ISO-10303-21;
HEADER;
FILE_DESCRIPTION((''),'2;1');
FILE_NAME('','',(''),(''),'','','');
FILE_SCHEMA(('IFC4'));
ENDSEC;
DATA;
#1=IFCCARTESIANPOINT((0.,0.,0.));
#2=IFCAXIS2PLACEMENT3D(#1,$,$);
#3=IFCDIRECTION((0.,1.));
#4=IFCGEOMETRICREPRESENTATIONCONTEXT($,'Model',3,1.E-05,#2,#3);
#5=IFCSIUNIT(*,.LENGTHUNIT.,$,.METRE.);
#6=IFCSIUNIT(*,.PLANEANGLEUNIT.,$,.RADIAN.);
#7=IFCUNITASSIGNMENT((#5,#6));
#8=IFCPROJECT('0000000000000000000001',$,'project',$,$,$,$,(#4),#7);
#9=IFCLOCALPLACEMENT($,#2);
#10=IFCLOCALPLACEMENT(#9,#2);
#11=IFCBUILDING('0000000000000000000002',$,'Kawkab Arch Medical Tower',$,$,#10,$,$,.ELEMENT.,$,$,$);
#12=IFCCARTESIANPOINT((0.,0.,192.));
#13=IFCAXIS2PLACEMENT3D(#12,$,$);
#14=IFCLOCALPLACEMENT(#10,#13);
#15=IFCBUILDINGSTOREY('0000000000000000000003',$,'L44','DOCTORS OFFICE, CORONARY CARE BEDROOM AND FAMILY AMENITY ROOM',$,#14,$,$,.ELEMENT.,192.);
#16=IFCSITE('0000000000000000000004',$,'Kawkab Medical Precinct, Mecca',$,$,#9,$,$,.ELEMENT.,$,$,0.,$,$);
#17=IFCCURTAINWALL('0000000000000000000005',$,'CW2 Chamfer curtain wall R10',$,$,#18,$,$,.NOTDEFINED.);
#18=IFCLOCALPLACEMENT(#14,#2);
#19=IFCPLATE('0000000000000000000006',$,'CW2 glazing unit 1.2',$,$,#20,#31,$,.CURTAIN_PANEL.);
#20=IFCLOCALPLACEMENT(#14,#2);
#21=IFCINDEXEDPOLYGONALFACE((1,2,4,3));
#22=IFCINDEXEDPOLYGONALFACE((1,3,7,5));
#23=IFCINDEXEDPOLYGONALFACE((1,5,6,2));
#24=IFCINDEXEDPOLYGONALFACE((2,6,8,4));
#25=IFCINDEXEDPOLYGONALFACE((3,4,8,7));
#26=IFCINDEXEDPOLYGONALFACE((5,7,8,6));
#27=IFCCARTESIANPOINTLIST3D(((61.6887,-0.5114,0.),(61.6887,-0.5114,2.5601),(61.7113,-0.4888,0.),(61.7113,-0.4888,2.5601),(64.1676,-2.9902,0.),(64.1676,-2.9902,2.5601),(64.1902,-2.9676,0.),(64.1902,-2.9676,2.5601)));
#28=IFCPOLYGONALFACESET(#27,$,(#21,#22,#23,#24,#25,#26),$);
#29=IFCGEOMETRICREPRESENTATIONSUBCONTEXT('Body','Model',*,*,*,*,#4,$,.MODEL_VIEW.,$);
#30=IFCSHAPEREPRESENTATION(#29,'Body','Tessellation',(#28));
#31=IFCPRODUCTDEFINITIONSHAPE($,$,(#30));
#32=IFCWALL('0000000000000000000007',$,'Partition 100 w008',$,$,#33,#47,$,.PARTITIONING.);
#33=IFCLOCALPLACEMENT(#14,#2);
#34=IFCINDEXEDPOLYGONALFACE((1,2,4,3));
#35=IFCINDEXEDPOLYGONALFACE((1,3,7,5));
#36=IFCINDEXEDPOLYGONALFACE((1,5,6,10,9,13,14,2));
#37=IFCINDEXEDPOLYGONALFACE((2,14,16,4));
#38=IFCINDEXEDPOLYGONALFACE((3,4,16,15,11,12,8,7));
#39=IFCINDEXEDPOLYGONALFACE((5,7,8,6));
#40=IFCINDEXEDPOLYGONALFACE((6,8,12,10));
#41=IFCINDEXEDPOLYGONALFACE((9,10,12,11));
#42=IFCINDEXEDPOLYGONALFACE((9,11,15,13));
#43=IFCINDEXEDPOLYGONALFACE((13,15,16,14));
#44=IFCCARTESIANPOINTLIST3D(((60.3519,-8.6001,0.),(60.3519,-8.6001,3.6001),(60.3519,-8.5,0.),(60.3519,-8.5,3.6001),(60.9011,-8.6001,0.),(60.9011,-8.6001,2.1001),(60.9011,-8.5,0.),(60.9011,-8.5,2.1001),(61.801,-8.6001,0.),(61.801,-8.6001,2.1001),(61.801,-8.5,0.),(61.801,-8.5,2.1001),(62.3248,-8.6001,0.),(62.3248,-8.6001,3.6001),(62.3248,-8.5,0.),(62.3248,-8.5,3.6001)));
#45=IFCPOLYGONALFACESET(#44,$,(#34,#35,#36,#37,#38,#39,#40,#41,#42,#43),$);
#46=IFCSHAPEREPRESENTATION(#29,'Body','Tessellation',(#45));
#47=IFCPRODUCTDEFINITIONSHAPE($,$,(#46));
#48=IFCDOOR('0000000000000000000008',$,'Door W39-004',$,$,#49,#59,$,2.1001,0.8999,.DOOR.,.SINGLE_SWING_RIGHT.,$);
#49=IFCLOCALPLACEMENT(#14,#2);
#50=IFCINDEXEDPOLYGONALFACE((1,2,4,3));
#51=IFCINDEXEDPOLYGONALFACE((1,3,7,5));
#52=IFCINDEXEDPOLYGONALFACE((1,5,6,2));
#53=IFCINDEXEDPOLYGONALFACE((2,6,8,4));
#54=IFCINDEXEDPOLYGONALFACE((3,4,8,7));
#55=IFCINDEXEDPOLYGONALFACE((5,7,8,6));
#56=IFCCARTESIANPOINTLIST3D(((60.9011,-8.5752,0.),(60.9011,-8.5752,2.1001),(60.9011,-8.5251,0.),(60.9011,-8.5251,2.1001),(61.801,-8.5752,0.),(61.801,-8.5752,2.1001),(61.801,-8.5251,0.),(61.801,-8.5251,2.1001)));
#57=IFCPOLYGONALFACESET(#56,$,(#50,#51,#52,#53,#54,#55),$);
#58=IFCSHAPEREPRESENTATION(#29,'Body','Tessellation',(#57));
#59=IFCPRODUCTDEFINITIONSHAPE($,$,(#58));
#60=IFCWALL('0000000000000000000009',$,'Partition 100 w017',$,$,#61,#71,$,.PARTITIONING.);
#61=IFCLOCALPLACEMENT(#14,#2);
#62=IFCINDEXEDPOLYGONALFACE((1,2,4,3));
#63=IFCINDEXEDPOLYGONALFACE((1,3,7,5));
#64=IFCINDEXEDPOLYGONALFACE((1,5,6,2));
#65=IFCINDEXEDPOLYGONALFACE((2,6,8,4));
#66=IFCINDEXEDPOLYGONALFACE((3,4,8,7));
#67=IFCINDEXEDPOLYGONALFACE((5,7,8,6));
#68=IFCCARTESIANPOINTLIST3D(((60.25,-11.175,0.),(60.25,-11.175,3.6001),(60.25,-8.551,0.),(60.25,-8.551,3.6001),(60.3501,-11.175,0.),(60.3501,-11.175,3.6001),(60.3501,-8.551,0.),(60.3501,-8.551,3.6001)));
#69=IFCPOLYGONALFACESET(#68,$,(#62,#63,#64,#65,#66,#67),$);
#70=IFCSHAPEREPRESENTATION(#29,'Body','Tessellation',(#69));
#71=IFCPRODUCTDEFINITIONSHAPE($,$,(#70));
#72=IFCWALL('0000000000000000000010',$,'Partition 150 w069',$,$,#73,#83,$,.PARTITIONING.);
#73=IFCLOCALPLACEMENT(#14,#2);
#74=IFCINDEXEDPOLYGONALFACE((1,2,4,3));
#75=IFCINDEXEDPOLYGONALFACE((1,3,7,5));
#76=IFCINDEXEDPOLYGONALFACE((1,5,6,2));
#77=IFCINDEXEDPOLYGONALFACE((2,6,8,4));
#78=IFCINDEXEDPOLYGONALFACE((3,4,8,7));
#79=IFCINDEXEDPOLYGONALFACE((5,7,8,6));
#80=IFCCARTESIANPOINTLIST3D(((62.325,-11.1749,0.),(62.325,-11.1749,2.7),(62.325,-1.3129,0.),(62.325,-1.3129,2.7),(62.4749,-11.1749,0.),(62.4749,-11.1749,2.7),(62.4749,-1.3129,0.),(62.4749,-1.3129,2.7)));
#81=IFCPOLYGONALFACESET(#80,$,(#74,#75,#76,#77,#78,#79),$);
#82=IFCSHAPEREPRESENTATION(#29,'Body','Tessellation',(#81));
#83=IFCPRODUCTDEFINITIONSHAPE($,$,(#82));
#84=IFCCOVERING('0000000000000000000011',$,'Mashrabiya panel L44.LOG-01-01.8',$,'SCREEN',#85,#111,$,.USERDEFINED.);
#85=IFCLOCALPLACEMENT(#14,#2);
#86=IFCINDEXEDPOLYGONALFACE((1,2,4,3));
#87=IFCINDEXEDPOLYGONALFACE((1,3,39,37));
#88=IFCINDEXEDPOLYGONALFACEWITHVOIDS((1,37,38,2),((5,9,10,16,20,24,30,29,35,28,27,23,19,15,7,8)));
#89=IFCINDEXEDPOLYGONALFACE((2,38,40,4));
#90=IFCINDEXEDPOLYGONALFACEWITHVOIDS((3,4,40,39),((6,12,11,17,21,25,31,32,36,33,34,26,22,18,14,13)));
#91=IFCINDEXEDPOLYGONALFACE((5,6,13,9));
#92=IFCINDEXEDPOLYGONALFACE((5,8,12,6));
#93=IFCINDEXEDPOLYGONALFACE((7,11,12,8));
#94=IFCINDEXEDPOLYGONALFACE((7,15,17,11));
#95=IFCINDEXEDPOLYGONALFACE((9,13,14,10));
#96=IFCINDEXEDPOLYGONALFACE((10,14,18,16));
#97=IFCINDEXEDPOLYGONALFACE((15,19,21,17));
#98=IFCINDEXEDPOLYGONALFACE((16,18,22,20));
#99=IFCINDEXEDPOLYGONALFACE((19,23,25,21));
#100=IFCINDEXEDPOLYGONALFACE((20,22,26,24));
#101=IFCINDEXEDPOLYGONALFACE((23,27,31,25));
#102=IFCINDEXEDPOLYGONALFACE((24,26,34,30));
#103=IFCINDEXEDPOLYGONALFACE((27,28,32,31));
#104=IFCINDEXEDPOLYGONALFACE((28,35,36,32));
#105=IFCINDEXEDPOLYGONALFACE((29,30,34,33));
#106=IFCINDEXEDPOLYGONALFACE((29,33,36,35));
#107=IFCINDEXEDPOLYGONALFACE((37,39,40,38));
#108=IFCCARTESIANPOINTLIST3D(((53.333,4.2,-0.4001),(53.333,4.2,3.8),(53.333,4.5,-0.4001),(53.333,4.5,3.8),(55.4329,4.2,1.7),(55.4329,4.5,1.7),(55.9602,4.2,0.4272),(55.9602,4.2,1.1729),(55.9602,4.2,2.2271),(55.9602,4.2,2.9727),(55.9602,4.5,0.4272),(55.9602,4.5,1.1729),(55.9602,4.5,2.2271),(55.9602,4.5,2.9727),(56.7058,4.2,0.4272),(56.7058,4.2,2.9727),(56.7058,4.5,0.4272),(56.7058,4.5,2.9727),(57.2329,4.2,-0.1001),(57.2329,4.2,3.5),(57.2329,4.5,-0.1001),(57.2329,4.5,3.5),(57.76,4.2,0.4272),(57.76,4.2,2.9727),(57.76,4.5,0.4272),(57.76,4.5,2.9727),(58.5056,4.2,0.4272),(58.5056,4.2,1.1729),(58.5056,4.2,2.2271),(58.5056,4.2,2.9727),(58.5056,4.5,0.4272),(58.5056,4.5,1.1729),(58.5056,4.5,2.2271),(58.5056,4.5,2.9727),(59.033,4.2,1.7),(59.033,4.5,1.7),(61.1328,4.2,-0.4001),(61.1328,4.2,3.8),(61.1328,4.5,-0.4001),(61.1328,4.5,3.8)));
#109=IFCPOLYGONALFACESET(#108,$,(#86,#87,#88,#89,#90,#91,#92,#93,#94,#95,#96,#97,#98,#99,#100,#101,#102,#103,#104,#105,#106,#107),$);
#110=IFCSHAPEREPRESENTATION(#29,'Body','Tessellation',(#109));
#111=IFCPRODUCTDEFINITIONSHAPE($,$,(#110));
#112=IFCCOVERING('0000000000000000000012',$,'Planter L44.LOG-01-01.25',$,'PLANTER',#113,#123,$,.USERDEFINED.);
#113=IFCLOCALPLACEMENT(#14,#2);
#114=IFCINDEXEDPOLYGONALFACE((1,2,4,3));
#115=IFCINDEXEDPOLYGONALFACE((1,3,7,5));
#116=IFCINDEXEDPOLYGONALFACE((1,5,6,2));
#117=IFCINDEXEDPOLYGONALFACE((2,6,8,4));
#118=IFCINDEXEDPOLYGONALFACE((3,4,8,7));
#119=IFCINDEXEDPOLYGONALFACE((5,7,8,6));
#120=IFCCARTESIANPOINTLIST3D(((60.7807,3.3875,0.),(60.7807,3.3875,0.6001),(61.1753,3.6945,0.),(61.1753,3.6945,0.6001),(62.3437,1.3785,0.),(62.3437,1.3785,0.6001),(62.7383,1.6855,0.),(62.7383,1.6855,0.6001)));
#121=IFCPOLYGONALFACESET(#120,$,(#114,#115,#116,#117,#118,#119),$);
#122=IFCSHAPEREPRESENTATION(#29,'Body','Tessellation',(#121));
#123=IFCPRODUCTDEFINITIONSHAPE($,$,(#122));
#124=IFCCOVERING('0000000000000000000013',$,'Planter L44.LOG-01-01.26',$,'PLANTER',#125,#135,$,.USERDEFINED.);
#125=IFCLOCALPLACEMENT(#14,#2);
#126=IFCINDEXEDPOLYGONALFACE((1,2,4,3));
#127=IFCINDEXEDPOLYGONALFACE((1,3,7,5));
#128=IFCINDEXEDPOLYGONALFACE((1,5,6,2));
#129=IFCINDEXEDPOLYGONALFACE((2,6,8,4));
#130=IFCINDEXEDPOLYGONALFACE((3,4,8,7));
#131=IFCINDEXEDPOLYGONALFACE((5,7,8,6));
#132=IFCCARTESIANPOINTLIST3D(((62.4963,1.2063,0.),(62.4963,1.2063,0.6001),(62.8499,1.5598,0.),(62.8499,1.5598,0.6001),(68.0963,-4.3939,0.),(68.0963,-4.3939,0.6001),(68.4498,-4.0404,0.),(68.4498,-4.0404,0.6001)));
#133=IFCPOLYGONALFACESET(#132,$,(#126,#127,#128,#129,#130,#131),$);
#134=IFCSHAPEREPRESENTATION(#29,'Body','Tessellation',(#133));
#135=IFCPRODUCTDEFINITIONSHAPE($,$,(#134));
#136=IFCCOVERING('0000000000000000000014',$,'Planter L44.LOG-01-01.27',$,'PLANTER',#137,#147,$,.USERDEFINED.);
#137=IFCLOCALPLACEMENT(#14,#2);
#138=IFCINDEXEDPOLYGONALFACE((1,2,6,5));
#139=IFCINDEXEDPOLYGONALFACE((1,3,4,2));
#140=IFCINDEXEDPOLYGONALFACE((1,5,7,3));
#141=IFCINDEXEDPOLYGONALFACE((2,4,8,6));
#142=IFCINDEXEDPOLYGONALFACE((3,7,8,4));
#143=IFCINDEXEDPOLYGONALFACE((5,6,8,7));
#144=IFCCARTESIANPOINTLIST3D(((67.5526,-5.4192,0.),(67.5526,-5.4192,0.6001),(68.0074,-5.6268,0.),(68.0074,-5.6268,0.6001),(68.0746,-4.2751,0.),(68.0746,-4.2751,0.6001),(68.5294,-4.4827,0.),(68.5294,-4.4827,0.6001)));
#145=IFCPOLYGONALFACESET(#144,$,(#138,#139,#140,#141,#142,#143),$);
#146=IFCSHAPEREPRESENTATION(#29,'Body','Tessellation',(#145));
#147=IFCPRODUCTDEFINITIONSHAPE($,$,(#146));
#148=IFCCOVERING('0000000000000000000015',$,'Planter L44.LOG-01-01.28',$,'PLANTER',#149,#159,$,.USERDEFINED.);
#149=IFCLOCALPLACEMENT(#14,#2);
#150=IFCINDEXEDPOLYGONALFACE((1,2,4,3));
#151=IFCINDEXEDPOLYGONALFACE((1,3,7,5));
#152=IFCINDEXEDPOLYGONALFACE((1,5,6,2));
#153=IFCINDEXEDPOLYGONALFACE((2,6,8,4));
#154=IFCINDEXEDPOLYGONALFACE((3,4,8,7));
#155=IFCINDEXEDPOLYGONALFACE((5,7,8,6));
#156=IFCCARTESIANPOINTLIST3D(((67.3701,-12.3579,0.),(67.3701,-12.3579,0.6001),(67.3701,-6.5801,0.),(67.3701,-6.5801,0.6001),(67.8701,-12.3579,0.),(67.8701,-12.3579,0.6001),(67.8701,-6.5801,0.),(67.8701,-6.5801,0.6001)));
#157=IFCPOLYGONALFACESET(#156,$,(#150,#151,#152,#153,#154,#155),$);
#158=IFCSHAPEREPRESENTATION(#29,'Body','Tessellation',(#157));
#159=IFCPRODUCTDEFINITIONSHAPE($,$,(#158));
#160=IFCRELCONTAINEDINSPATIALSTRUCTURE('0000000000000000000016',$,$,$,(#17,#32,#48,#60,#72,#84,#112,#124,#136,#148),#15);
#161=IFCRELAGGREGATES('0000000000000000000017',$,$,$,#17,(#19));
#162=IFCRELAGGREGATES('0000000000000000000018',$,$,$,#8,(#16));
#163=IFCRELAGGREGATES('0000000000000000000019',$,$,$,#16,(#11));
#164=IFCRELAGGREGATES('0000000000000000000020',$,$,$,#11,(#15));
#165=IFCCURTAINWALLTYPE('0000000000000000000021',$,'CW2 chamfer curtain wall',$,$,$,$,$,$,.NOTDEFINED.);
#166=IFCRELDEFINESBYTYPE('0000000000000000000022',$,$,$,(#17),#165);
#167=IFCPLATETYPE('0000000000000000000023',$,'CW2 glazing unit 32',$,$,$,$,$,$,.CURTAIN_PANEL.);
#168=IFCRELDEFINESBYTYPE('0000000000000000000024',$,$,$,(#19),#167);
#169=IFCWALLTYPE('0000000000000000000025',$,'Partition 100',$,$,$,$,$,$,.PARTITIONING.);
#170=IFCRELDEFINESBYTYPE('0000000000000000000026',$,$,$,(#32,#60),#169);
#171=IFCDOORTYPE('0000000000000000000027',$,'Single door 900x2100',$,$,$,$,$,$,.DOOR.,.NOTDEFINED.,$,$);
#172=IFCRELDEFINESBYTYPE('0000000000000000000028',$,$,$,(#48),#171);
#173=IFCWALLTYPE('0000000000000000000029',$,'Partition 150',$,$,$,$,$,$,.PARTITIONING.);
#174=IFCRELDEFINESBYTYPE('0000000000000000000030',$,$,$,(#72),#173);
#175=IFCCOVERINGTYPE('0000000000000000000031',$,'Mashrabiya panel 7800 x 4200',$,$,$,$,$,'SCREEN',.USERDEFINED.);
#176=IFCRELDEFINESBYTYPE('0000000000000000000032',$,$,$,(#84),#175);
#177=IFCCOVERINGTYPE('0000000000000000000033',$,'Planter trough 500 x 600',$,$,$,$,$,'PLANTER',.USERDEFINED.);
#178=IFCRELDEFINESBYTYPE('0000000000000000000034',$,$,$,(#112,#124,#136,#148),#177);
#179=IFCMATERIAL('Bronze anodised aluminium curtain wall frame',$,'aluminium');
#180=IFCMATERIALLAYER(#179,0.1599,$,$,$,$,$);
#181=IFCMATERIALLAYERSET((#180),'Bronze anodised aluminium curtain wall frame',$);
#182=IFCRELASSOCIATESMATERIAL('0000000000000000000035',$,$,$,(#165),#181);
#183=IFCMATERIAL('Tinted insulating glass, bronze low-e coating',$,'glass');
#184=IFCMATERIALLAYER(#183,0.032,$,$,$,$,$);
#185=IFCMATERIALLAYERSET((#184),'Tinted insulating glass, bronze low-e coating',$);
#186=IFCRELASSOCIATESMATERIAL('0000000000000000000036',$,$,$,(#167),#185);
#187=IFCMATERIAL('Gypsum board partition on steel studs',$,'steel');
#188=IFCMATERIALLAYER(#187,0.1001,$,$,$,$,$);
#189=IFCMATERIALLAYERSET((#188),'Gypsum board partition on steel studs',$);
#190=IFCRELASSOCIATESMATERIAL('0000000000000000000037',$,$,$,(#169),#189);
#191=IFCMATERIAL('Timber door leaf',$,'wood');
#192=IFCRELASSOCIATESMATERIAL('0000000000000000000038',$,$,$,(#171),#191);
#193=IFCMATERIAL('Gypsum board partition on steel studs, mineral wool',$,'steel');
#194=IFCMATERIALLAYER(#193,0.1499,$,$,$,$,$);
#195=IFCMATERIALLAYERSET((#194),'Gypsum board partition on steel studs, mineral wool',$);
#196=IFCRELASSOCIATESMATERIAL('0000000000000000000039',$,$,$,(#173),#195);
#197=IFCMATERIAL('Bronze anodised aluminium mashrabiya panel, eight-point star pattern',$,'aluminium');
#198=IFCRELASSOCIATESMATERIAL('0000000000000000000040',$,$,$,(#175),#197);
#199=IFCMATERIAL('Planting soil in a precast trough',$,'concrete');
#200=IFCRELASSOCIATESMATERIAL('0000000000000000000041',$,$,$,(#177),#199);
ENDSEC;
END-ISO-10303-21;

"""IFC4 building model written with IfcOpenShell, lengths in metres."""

from ifc_helpers import new_model, si_unit, direction, frame, frame_2d, origin, origin_2d, place, context, subcontext, project, spatial, polyline, rectangle, outline, extrude, material, layer, layer_set, material_profile, profile_set, type_object, element, fill, aggregate, save


model = new_model("IFC4")

# Units and contexts
model_context = context("Model", 3, precision=1e-05, world=origin(), true_north=direction((0.0, 1.0)))
body_context = subcontext(model_context, "Body", "Model", "MODEL_VIEW")
ifc_project = project(units=[si_unit("LENGTHUNIT", "METRE"), si_unit("PLANEANGLEUNIT", "RADIAN")], contexts=[model_context])

# Site, building, storey
site_placement = place(None, origin())
site = spatial("IfcSite", under=ifc_project, at=site_placement, Name="Kawkab Medical Precinct, Mecca", CompositionType="ELEMENT", RefElevation=0.0)
building_placement = place(site_placement, origin())
building = spatial("IfcBuilding", under=site, at=building_placement, Name="Kawkab Arch Medical Tower", CompositionType="ELEMENT")
storey_placement = place(building_placement, frame((0.0, 0.0, 192.0)))
storey = spatial("IfcBuildingStorey", under=building, at=storey_placement, Name="L44", Description="DOCTORS OFFICE, CORONARY CARE BEDROOM AND FAMILY AMENITY ROOM", CompositionType="ELEMENT", Elevation=192.0)

# Shared definitions
placement = place(storey_placement, origin())

# Curtain wall
ifc_material_1 = material(Name="Bronze anodised aluminium curtain wall frame", Category="aluminium")
ifc_layer_1 = layer(ifc_material_1, 0.1599)
ifc_layer_set_1 = layer_set([ifc_layer_1], Name="Bronze anodised aluminium curtain wall frame")
curtain_wall_type_1 = type_object("IfcCurtainWallType", Name="CW2 chamfer curtain wall", PredefinedType="NOTDEFINED", material=ifc_layer_set_1)
curtain_wall_1 = element("IfcCurtainWall", 1, at=placement, inside=storey, type_object=curtain_wall_type_1, Name="CW2 Chamfer curtain wall R10", PredefinedType="NOTDEFINED")

# Plate
ifc_material_2 = material(Name="Tinted insulating glass, bronze low-e coating", Category="glass")
ifc_layer_2 = layer(ifc_material_2, 0.032)
ifc_layer_set_2 = layer_set([ifc_layer_2], Name="Tinted insulating glass, bronze low-e coating")
plate_type_1 = type_object("IfcPlateType", Name="CW2 glazing unit 32", PredefinedType="CURTAIN_PANEL", material=ifc_layer_set_2)
plate_1_placement = place(storey_placement, frame((62.9395, -1.7395, 0.0), z_axis=(0.0, 0.0, 1.0), x_axis=(-0.707107, 0.707107, 0.0)))
plate_1 = element("IfcPlate", 2, at=plate_1_placement, type_object=plate_type_1, Name="CW2 glazing unit 1.2", PredefinedType="CURTAIN_PANEL", context=body_context, shape_type="SweptSolid", body=[
    extrude(rectangle(XDim=3.5056, YDim=0.032, at=origin_2d()), origin(), (0.0, 0.0, 1.0), 2.5601),
])
aggregate(curtain_wall_1, [plate_1])

# Wall, opening, door
ifc_material_3 = material(Name="Gypsum board partition on steel studs", Category="steel")
ifc_layer_3 = layer(ifc_material_3, 0.1001)
ifc_layer_set_3 = layer_set([ifc_layer_3], Name="Gypsum board partition on steel studs")
wall_type_1 = type_object("IfcWallType", Name="Partition 100", PredefinedType="PARTITIONING", material=ifc_layer_set_3)
wall_1_placement = place(storey_placement, frame((60.3521, -8.55, 0.0), z_axis=(0.0, 0.0, 1.0), x_axis=(1.0, 0.0, 0.0)))
wall_1 = element("IfcWall", 3, at=wall_1_placement, inside=storey, type_object=wall_type_1, Name="Partition 100 w008", PredefinedType="PARTITIONING", context=body_context, shape_type="SweptSolid", body=[
    extrude(rectangle(XDim=1.9729, YDim=0.1001, at=frame_2d((0.9863, 0.0))), origin(), (0.0, 0.0, 1.0), 3.6001),
])
opening_placement = place(wall_1_placement, frame((0.5491, 0.0, 0.0)))
opening = element("IfcOpeningElement", 4, at=opening_placement, cuts=wall_1, PredefinedType="OPENING", context=body_context, shape_type="SweptSolid", body=[
    extrude(rectangle(XDim=0.8999, YDim=2.1001, at=frame_2d((0.45, 1.05))), frame((0.0, 0.0601, 0.0), z_axis=(0.0, -1.0, 0.0), x_axis=(1.0, 0.0, 0.0)), (0.0, 0.0, 1.0), 0.1201),
])
ifc_material_4 = material(Name="Timber door leaf", Category="wood")
door_type = type_object("IfcDoorType", Name="Single door 900x2100", OperationType="NOTDEFINED", PredefinedType="DOOR", material=ifc_material_4)
door_placement = place(opening_placement, origin())
door = element("IfcDoor", 5, at=door_placement, inside=storey, type_object=door_type, Name="Door W39-004", OperationType="SINGLE_SWING_RIGHT", OverallHeight=2.1001, OverallWidth=0.8999, PredefinedType="DOOR", context=body_context, shape_type="SweptSolid", body=[
    extrude(rectangle(XDim=0.8999, YDim=2.1001, at=frame_2d((0.45, 1.05))), frame((0.0, 0.0249, 0.0), z_axis=(0.0, -1.0, 0.0), x_axis=(1.0, 0.0, 0.0)), (0.0, 0.0, 1.0), 0.05),
])
fill(opening, door)

# Walls
wall_2_placement = place(storey_placement, frame((60.3, -11.175, 0.0), z_axis=(0.0, 0.0, 1.0), x_axis=(0.0, 1.0, 0.0)))
element("IfcWall", 6, at=wall_2_placement, inside=storey, type_object=wall_type_1, Name="Partition 100 w017", PredefinedType="PARTITIONING", context=body_context, shape_type="SweptSolid", body=[
    extrude(rectangle(XDim=2.624, YDim=0.1001, at=frame_2d((1.312, 0.0))), origin(), (0.0, 0.0, 1.0), 3.6001),
])
ifc_material_5 = material(Name="Gypsum board partition on steel studs, mineral wool", Category="steel")
ifc_layer_4 = layer(ifc_material_5, 0.1499)
ifc_layer_set_4 = layer_set([ifc_layer_4], Name="Gypsum board partition on steel studs, mineral wool")
wall_type_2 = type_object("IfcWallType", Name="Partition 150", PredefinedType="PARTITIONING", material=ifc_layer_set_4)
wall_3_placement = place(storey_placement, frame((62.3999, -11.175, 0.0), z_axis=(0.0, 0.0, 1.0), x_axis=(0.0, 1.0, 0.0)))
element("IfcWall", 7, at=wall_3_placement, inside=storey, type_object=wall_type_2, Name="Partition 150 w069", PredefinedType="PARTITIONING", context=body_context, shape_type="SweptSolid", body=[
    extrude(rectangle(XDim=9.8621, YDim=0.1499, at=frame_2d((4.9312, 0.0))), origin(), (0.0, 0.0, 1.0), 2.7),
])

# Coverings
ifc_material_6 = material(Name="Bronze anodised aluminium mashrabiya panel, eight-point star pattern", Category="aluminium")
ifc_material_profile_1 = material_profile(ifc_material_6, outline(polyline([(-3.8999, -2.1001), (3.8999, -2.1001), (3.8999, 2.1001), (-3.8999, 2.1001), (-3.8999, -2.1001)]), holes=[polyline([(1.8, 0.0), (1.2727, 0.5271), (1.2727, 1.2727), (0.5271, 1.2727), (0.0, 1.8), (-0.5271, 1.2727), (-1.2727, 1.2727), (-1.2727, 0.5271), (-1.8, 0.0), (-1.2727, -0.5271), (-1.2727, -1.2727), (-0.5271, -1.2727), (0.0, -1.8), (0.5271, -1.2727), (1.2727, -1.2727), (1.2727, -0.5271), (1.8, 0.0)])]), Name="Mashrabiya panel 7800x4200")
ifc_profile_set_1 = profile_set([ifc_material_profile_1], Name="Bronze anodised aluminium mashrabiya panel, eight-point star pattern")
covering_type_1 = type_object("IfcCoveringType", Name="Mashrabiya panel 7800 x 4200", ElementType="SCREEN", PredefinedType="USERDEFINED", material=ifc_profile_set_1)
covering_1_placement = place(storey_placement, frame((57.2329, 4.2, 1.7), z_axis=(0.0, 1.0, 0.0), x_axis=(-1.0, 0.0, 0.0)))
element("IfcCovering", 8, at=covering_1_placement, inside=storey, type_object=covering_type_1, Name="Mashrabiya panel L44.LOG-01-01.8", ObjectType="SCREEN", PredefinedType="USERDEFINED", context=body_context, shape_type="SweptSolid", body=[
    extrude(outline(polyline([(-3.8999, -2.1001), (3.8999, -2.1001), (3.8999, 2.1001), (-3.8999, 2.1001), (-3.8999, -2.1001)]), holes=[polyline([(1.8, 0.0), (1.2727, 0.5271), (1.2727, 1.2727), (0.5271, 1.2727), (0.0, 1.8), (-0.5271, 1.2727), (-1.2727, 1.2727), (-1.2727, 0.5271), (-1.8, 0.0), (-1.2727, -0.5271), (-1.2727, -1.2727), (-0.5271, -1.2727), (0.0, -1.8), (0.5271, -1.2727), (1.2727, -1.2727), (1.2727, -0.5271), (1.8, 0.0)])]), origin(), (0.0, 0.0, 1.0), 0.3),
])
ifc_material_7 = material(Name="Planting soil in a precast trough", Category="concrete")
ifc_material_profile_2 = material_profile(ifc_material_7, rectangle(XDim=0.5, YDim=0.6001, at=origin_2d()), Name="Trough 500x600")
ifc_profile_set_2 = profile_set([ifc_material_profile_2], Name="Planting soil in a precast trough")
covering_type_2 = type_object("IfcCoveringType", Name="Planter trough 500 x 600", ElementType="PLANTER", PredefinedType="USERDEFINED", material=ifc_profile_set_2)
covering_2_placement = place(storey_placement, frame((60.978, 3.541, 0.3), z_axis=(0.61404, -0.789275, 0.0), x_axis=(0.789275, 0.61404, 0.0)))
element("IfcCovering", 9, at=covering_2_placement, inside=storey, type_object=covering_type_2, Name="Planter L44.LOG-01-01.25", ObjectType="PLANTER", PredefinedType="USERDEFINED", context=body_context, shape_type="SweptSolid", body=[
    extrude(rectangle(XDim=0.5, YDim=0.6001, at=origin_2d()), origin(), (0.0, 0.0, 1.0), 2.5454),
])
covering_3_placement = place(storey_placement, frame((62.6731, 1.3831, 0.3), z_axis=(0.707091, -0.707122, 0.0), x_axis=(0.707122, 0.707091, 0.0)))
element("IfcCovering", 10, at=covering_3_placement, inside=storey, type_object=covering_type_2, Name="Planter L44.LOG-01-01.26", ObjectType="PLANTER", PredefinedType="USERDEFINED", context=body_context, shape_type="SweptSolid", body=[
    extrude(rectangle(XDim=0.5, YDim=0.6001, at=origin_2d()), origin(), (0.0, 0.0, 1.0), 7.9197),
])
covering_4_placement = place(storey_placement, frame((68.302, -4.3789, 0.3), z_axis=(-0.41509, -0.90978, 0.0), x_axis=(0.90978, -0.41509, 0.0)))
element("IfcCovering", 11, at=covering_4_placement, inside=storey, type_object=covering_type_2, Name="Planter L44.LOG-01-01.27", ObjectType="PLANTER", PredefinedType="USERDEFINED", context=body_context, shape_type="SweptSolid", body=[
    extrude(rectangle(XDim=0.5, YDim=0.6001, at=origin_2d()), origin(), (0.0, 0.0, 1.0), 1.2576),
])
covering_5_placement = place(storey_placement, frame((67.6201, -6.5801, 0.3), z_axis=(0.0, -1.0, 0.0), x_axis=(1.0, 0.0, 0.0)))
element("IfcCovering", 12, at=covering_5_placement, inside=storey, type_object=covering_type_2, Name="Planter L44.LOG-01-01.28", ObjectType="PLANTER", PredefinedType="USERDEFINED", context=body_context, shape_type="SweptSolid", body=[
    extrude(rectangle(XDim=0.5, YDim=0.6001, at=origin_2d()), origin(), (0.0, 0.0, 1.0), 5.7778),
])

save(model, "model.ifc")
